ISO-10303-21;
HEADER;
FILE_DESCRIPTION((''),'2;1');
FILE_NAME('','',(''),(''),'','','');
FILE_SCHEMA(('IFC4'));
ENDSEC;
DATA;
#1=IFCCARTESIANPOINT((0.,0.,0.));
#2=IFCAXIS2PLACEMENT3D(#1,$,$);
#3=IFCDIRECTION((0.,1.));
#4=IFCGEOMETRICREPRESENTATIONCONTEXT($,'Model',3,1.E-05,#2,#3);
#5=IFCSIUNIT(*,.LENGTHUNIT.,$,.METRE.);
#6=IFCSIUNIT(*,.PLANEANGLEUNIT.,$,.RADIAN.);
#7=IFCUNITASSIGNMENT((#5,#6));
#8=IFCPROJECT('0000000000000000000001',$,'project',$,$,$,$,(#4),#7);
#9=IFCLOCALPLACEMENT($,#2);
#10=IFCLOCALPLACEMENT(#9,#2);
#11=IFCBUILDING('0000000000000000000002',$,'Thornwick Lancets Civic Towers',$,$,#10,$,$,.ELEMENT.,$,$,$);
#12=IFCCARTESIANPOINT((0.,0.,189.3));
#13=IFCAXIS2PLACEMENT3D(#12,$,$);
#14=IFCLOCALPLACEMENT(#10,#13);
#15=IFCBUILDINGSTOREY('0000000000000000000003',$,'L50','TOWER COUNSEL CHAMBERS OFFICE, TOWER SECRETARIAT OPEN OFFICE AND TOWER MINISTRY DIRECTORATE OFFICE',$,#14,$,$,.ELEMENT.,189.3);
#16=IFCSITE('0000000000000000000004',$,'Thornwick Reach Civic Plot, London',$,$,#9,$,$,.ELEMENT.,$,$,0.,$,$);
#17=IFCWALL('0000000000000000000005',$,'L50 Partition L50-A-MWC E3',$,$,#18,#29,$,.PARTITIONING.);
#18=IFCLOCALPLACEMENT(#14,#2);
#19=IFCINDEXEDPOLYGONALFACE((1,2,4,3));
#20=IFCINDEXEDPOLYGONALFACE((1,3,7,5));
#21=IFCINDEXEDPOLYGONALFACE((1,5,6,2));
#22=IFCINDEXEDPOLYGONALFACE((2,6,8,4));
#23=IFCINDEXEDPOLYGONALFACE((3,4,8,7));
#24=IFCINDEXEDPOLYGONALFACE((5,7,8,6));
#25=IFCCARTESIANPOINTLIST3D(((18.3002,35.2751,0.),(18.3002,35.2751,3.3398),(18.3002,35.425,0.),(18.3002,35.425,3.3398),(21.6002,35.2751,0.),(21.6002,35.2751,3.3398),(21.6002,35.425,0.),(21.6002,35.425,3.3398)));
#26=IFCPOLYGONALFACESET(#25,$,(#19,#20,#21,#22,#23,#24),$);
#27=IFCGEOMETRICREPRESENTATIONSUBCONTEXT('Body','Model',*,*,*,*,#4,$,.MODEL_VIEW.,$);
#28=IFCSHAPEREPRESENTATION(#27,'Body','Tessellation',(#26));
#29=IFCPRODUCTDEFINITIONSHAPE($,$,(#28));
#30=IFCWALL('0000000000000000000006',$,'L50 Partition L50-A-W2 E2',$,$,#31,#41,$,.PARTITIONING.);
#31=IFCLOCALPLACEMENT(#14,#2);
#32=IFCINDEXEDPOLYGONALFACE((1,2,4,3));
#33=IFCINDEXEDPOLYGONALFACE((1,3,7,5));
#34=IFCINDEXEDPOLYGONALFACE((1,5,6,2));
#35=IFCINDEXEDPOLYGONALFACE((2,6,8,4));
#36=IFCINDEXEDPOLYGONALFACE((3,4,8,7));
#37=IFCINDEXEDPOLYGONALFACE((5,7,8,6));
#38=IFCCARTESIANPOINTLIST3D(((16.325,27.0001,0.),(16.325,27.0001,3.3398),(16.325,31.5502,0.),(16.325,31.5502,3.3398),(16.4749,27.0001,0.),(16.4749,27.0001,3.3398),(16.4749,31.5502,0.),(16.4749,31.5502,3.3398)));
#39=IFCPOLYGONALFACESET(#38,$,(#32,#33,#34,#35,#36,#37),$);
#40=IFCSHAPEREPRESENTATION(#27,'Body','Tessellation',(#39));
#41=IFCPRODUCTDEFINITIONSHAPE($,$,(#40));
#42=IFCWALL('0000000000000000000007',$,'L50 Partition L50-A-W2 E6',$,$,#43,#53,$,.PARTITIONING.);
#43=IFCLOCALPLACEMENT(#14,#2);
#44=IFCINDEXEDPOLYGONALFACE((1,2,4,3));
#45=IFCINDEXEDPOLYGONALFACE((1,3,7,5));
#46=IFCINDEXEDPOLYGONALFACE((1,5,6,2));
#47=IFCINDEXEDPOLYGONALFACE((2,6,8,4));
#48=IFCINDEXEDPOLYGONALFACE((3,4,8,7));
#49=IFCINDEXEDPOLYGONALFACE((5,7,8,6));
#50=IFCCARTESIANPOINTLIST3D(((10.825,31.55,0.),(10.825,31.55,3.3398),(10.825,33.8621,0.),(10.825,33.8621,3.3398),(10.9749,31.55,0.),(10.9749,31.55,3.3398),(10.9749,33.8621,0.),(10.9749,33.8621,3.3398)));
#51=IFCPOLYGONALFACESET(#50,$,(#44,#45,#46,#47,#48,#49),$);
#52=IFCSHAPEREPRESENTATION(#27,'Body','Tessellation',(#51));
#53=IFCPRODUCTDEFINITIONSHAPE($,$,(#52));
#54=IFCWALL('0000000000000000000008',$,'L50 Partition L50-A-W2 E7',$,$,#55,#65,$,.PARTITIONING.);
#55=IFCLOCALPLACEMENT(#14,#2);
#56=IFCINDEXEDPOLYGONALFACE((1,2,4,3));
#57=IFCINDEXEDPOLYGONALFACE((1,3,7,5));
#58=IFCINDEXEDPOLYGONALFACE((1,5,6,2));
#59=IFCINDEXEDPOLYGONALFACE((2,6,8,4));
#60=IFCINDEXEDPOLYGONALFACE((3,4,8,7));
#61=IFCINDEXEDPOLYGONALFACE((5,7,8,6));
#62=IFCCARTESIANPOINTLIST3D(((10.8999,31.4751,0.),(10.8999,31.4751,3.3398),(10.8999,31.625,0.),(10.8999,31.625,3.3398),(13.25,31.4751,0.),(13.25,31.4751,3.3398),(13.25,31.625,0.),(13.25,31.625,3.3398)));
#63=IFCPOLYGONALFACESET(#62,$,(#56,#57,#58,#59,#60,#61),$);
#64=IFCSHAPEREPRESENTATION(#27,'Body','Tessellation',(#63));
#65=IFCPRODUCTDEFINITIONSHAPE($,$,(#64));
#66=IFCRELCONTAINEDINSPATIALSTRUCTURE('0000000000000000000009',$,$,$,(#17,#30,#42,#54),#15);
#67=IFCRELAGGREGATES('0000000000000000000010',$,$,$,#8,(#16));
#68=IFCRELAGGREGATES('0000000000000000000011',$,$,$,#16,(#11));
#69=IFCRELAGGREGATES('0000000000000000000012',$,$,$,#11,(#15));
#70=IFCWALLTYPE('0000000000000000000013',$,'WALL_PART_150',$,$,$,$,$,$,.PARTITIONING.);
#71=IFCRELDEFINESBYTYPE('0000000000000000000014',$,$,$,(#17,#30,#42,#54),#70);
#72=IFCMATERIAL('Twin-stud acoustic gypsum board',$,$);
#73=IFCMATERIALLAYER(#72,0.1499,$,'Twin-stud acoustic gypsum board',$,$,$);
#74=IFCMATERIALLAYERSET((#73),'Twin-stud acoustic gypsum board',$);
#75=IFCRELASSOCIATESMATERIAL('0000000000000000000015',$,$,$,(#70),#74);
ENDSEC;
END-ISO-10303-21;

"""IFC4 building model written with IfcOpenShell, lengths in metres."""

from ifc_helpers import new_model, si_unit, direction, frame, frame_2d, origin, place, context, subcontext, project, spatial, rectangle, extrude, material, layer, layer_set, type_object, element, save


model = new_model("IFC4")

# Units and contexts
model_context = context("Model", 3, precision=1e-05, world=origin(), true_north=direction((0.0, 1.0)))
body_context = subcontext(model_context, "Body", "Model", "MODEL_VIEW")
ifc_project = project(units=[si_unit("LENGTHUNIT", "METRE"), si_unit("PLANEANGLEUNIT", "RADIAN")], contexts=[model_context])

# Site, building, storey
site_placement = place(None, origin())
site = spatial("IfcSite", under=ifc_project, at=site_placement, Name="Thornwick Reach Civic Plot, London", CompositionType="ELEMENT", RefElevation=0.0)
building_placement = place(site_placement, origin())
building = spatial("IfcBuilding", under=site, at=building_placement, Name="Thornwick Lancets Civic Towers", CompositionType="ELEMENT")
storey_placement = place(building_placement, frame((0.0, 0.0, 189.3)))
storey = spatial("IfcBuildingStorey", under=building, at=storey_placement, Name="L50", Description="TOWER COUNSEL CHAMBERS OFFICE, TOWER SECRETARIAT OPEN OFFICE AND TOWER MINISTRY DIRECTORATE OFFICE", CompositionType="ELEMENT", Elevation=189.3)

# Shared definitions
ifc_material_1 = material(Name="Twin-stud acoustic gypsum board")
ifc_layer_1 = layer(ifc_material_1, 0.1499, Name="Twin-stud acoustic gypsum board")
ifc_layer_set_1 = layer_set([ifc_layer_1], Name="Twin-stud acoustic gypsum board")
wall_type_1 = type_object("IfcWallType", Name="WALL_PART_150", PredefinedType="PARTITIONING", material=ifc_layer_set_1)

# Wall
wall_1_placement = place(storey_placement, frame((21.6001, 35.3501, 0.0), z_axis=(0.0, 0.0, 1.0), x_axis=(-1.0, 0.0, 0.0)))
element("IfcWall", 1, at=wall_1_placement, inside=storey, type_object=wall_type_1, Name="L50 Partition L50-A-MWC E3", PredefinedType="PARTITIONING", context=body_context, shape_type="SweptSolid", body=[
    extrude(rectangle(XDim=3.3, YDim=0.1499, at=frame_2d((1.6499, 0.0))), origin(), (0.0, 0.0, 1.0), 3.3398),
])

# Walls
wall_2_placement = place(storey_placement, frame((16.3999, 31.55, 0.0), z_axis=(0.0, 0.0, 1.0), x_axis=(0.0, -1.0, 0.0)))
element("IfcWall", 2, at=wall_2_placement, inside=storey, type_object=wall_type_1, Name="L50 Partition L50-A-W2 E2", PredefinedType="PARTITIONING", context=body_context, shape_type="SweptSolid", body=[
    extrude(rectangle(XDim=4.55, YDim=0.1499, at=frame_2d((2.2749, 0.0))), origin(), (0.0, 0.0, 1.0), 3.3398),
])
wall_3_placement = place(storey_placement, frame((10.8999, 33.8621, 0.0), z_axis=(0.0, 0.0, 1.0), x_axis=(0.0, -1.0, 0.0)))
element("IfcWall", 3, at=wall_3_placement, inside=storey, type_object=wall_type_1, Name="L50 Partition L50-A-W2 E6", PredefinedType="PARTITIONING", context=body_context, shape_type="SweptSolid", body=[
    extrude(rectangle(XDim=2.312, YDim=0.1499, at=frame_2d((1.156, 0.0))), origin(), (0.0, 0.0, 1.0), 3.3398),
])
wall_4_placement = place(storey_placement, frame((10.8999, 31.55, 0.0), z_axis=(0.0, 0.0, 1.0), x_axis=(1.0, 0.0, 0.0)))
element("IfcWall", 4, at=wall_4_placement, inside=storey, type_object=wall_type_1, Name="L50 Partition L50-A-W2 E7", PredefinedType="PARTITIONING", context=body_context, shape_type="SweptSolid", body=[
    extrude(rectangle(XDim=2.3501, YDim=0.1499, at=frame_2d((1.175, 0.0))), origin(), (0.0, 0.0, 1.0), 3.3398),
])

save(model, "model.ifc")
